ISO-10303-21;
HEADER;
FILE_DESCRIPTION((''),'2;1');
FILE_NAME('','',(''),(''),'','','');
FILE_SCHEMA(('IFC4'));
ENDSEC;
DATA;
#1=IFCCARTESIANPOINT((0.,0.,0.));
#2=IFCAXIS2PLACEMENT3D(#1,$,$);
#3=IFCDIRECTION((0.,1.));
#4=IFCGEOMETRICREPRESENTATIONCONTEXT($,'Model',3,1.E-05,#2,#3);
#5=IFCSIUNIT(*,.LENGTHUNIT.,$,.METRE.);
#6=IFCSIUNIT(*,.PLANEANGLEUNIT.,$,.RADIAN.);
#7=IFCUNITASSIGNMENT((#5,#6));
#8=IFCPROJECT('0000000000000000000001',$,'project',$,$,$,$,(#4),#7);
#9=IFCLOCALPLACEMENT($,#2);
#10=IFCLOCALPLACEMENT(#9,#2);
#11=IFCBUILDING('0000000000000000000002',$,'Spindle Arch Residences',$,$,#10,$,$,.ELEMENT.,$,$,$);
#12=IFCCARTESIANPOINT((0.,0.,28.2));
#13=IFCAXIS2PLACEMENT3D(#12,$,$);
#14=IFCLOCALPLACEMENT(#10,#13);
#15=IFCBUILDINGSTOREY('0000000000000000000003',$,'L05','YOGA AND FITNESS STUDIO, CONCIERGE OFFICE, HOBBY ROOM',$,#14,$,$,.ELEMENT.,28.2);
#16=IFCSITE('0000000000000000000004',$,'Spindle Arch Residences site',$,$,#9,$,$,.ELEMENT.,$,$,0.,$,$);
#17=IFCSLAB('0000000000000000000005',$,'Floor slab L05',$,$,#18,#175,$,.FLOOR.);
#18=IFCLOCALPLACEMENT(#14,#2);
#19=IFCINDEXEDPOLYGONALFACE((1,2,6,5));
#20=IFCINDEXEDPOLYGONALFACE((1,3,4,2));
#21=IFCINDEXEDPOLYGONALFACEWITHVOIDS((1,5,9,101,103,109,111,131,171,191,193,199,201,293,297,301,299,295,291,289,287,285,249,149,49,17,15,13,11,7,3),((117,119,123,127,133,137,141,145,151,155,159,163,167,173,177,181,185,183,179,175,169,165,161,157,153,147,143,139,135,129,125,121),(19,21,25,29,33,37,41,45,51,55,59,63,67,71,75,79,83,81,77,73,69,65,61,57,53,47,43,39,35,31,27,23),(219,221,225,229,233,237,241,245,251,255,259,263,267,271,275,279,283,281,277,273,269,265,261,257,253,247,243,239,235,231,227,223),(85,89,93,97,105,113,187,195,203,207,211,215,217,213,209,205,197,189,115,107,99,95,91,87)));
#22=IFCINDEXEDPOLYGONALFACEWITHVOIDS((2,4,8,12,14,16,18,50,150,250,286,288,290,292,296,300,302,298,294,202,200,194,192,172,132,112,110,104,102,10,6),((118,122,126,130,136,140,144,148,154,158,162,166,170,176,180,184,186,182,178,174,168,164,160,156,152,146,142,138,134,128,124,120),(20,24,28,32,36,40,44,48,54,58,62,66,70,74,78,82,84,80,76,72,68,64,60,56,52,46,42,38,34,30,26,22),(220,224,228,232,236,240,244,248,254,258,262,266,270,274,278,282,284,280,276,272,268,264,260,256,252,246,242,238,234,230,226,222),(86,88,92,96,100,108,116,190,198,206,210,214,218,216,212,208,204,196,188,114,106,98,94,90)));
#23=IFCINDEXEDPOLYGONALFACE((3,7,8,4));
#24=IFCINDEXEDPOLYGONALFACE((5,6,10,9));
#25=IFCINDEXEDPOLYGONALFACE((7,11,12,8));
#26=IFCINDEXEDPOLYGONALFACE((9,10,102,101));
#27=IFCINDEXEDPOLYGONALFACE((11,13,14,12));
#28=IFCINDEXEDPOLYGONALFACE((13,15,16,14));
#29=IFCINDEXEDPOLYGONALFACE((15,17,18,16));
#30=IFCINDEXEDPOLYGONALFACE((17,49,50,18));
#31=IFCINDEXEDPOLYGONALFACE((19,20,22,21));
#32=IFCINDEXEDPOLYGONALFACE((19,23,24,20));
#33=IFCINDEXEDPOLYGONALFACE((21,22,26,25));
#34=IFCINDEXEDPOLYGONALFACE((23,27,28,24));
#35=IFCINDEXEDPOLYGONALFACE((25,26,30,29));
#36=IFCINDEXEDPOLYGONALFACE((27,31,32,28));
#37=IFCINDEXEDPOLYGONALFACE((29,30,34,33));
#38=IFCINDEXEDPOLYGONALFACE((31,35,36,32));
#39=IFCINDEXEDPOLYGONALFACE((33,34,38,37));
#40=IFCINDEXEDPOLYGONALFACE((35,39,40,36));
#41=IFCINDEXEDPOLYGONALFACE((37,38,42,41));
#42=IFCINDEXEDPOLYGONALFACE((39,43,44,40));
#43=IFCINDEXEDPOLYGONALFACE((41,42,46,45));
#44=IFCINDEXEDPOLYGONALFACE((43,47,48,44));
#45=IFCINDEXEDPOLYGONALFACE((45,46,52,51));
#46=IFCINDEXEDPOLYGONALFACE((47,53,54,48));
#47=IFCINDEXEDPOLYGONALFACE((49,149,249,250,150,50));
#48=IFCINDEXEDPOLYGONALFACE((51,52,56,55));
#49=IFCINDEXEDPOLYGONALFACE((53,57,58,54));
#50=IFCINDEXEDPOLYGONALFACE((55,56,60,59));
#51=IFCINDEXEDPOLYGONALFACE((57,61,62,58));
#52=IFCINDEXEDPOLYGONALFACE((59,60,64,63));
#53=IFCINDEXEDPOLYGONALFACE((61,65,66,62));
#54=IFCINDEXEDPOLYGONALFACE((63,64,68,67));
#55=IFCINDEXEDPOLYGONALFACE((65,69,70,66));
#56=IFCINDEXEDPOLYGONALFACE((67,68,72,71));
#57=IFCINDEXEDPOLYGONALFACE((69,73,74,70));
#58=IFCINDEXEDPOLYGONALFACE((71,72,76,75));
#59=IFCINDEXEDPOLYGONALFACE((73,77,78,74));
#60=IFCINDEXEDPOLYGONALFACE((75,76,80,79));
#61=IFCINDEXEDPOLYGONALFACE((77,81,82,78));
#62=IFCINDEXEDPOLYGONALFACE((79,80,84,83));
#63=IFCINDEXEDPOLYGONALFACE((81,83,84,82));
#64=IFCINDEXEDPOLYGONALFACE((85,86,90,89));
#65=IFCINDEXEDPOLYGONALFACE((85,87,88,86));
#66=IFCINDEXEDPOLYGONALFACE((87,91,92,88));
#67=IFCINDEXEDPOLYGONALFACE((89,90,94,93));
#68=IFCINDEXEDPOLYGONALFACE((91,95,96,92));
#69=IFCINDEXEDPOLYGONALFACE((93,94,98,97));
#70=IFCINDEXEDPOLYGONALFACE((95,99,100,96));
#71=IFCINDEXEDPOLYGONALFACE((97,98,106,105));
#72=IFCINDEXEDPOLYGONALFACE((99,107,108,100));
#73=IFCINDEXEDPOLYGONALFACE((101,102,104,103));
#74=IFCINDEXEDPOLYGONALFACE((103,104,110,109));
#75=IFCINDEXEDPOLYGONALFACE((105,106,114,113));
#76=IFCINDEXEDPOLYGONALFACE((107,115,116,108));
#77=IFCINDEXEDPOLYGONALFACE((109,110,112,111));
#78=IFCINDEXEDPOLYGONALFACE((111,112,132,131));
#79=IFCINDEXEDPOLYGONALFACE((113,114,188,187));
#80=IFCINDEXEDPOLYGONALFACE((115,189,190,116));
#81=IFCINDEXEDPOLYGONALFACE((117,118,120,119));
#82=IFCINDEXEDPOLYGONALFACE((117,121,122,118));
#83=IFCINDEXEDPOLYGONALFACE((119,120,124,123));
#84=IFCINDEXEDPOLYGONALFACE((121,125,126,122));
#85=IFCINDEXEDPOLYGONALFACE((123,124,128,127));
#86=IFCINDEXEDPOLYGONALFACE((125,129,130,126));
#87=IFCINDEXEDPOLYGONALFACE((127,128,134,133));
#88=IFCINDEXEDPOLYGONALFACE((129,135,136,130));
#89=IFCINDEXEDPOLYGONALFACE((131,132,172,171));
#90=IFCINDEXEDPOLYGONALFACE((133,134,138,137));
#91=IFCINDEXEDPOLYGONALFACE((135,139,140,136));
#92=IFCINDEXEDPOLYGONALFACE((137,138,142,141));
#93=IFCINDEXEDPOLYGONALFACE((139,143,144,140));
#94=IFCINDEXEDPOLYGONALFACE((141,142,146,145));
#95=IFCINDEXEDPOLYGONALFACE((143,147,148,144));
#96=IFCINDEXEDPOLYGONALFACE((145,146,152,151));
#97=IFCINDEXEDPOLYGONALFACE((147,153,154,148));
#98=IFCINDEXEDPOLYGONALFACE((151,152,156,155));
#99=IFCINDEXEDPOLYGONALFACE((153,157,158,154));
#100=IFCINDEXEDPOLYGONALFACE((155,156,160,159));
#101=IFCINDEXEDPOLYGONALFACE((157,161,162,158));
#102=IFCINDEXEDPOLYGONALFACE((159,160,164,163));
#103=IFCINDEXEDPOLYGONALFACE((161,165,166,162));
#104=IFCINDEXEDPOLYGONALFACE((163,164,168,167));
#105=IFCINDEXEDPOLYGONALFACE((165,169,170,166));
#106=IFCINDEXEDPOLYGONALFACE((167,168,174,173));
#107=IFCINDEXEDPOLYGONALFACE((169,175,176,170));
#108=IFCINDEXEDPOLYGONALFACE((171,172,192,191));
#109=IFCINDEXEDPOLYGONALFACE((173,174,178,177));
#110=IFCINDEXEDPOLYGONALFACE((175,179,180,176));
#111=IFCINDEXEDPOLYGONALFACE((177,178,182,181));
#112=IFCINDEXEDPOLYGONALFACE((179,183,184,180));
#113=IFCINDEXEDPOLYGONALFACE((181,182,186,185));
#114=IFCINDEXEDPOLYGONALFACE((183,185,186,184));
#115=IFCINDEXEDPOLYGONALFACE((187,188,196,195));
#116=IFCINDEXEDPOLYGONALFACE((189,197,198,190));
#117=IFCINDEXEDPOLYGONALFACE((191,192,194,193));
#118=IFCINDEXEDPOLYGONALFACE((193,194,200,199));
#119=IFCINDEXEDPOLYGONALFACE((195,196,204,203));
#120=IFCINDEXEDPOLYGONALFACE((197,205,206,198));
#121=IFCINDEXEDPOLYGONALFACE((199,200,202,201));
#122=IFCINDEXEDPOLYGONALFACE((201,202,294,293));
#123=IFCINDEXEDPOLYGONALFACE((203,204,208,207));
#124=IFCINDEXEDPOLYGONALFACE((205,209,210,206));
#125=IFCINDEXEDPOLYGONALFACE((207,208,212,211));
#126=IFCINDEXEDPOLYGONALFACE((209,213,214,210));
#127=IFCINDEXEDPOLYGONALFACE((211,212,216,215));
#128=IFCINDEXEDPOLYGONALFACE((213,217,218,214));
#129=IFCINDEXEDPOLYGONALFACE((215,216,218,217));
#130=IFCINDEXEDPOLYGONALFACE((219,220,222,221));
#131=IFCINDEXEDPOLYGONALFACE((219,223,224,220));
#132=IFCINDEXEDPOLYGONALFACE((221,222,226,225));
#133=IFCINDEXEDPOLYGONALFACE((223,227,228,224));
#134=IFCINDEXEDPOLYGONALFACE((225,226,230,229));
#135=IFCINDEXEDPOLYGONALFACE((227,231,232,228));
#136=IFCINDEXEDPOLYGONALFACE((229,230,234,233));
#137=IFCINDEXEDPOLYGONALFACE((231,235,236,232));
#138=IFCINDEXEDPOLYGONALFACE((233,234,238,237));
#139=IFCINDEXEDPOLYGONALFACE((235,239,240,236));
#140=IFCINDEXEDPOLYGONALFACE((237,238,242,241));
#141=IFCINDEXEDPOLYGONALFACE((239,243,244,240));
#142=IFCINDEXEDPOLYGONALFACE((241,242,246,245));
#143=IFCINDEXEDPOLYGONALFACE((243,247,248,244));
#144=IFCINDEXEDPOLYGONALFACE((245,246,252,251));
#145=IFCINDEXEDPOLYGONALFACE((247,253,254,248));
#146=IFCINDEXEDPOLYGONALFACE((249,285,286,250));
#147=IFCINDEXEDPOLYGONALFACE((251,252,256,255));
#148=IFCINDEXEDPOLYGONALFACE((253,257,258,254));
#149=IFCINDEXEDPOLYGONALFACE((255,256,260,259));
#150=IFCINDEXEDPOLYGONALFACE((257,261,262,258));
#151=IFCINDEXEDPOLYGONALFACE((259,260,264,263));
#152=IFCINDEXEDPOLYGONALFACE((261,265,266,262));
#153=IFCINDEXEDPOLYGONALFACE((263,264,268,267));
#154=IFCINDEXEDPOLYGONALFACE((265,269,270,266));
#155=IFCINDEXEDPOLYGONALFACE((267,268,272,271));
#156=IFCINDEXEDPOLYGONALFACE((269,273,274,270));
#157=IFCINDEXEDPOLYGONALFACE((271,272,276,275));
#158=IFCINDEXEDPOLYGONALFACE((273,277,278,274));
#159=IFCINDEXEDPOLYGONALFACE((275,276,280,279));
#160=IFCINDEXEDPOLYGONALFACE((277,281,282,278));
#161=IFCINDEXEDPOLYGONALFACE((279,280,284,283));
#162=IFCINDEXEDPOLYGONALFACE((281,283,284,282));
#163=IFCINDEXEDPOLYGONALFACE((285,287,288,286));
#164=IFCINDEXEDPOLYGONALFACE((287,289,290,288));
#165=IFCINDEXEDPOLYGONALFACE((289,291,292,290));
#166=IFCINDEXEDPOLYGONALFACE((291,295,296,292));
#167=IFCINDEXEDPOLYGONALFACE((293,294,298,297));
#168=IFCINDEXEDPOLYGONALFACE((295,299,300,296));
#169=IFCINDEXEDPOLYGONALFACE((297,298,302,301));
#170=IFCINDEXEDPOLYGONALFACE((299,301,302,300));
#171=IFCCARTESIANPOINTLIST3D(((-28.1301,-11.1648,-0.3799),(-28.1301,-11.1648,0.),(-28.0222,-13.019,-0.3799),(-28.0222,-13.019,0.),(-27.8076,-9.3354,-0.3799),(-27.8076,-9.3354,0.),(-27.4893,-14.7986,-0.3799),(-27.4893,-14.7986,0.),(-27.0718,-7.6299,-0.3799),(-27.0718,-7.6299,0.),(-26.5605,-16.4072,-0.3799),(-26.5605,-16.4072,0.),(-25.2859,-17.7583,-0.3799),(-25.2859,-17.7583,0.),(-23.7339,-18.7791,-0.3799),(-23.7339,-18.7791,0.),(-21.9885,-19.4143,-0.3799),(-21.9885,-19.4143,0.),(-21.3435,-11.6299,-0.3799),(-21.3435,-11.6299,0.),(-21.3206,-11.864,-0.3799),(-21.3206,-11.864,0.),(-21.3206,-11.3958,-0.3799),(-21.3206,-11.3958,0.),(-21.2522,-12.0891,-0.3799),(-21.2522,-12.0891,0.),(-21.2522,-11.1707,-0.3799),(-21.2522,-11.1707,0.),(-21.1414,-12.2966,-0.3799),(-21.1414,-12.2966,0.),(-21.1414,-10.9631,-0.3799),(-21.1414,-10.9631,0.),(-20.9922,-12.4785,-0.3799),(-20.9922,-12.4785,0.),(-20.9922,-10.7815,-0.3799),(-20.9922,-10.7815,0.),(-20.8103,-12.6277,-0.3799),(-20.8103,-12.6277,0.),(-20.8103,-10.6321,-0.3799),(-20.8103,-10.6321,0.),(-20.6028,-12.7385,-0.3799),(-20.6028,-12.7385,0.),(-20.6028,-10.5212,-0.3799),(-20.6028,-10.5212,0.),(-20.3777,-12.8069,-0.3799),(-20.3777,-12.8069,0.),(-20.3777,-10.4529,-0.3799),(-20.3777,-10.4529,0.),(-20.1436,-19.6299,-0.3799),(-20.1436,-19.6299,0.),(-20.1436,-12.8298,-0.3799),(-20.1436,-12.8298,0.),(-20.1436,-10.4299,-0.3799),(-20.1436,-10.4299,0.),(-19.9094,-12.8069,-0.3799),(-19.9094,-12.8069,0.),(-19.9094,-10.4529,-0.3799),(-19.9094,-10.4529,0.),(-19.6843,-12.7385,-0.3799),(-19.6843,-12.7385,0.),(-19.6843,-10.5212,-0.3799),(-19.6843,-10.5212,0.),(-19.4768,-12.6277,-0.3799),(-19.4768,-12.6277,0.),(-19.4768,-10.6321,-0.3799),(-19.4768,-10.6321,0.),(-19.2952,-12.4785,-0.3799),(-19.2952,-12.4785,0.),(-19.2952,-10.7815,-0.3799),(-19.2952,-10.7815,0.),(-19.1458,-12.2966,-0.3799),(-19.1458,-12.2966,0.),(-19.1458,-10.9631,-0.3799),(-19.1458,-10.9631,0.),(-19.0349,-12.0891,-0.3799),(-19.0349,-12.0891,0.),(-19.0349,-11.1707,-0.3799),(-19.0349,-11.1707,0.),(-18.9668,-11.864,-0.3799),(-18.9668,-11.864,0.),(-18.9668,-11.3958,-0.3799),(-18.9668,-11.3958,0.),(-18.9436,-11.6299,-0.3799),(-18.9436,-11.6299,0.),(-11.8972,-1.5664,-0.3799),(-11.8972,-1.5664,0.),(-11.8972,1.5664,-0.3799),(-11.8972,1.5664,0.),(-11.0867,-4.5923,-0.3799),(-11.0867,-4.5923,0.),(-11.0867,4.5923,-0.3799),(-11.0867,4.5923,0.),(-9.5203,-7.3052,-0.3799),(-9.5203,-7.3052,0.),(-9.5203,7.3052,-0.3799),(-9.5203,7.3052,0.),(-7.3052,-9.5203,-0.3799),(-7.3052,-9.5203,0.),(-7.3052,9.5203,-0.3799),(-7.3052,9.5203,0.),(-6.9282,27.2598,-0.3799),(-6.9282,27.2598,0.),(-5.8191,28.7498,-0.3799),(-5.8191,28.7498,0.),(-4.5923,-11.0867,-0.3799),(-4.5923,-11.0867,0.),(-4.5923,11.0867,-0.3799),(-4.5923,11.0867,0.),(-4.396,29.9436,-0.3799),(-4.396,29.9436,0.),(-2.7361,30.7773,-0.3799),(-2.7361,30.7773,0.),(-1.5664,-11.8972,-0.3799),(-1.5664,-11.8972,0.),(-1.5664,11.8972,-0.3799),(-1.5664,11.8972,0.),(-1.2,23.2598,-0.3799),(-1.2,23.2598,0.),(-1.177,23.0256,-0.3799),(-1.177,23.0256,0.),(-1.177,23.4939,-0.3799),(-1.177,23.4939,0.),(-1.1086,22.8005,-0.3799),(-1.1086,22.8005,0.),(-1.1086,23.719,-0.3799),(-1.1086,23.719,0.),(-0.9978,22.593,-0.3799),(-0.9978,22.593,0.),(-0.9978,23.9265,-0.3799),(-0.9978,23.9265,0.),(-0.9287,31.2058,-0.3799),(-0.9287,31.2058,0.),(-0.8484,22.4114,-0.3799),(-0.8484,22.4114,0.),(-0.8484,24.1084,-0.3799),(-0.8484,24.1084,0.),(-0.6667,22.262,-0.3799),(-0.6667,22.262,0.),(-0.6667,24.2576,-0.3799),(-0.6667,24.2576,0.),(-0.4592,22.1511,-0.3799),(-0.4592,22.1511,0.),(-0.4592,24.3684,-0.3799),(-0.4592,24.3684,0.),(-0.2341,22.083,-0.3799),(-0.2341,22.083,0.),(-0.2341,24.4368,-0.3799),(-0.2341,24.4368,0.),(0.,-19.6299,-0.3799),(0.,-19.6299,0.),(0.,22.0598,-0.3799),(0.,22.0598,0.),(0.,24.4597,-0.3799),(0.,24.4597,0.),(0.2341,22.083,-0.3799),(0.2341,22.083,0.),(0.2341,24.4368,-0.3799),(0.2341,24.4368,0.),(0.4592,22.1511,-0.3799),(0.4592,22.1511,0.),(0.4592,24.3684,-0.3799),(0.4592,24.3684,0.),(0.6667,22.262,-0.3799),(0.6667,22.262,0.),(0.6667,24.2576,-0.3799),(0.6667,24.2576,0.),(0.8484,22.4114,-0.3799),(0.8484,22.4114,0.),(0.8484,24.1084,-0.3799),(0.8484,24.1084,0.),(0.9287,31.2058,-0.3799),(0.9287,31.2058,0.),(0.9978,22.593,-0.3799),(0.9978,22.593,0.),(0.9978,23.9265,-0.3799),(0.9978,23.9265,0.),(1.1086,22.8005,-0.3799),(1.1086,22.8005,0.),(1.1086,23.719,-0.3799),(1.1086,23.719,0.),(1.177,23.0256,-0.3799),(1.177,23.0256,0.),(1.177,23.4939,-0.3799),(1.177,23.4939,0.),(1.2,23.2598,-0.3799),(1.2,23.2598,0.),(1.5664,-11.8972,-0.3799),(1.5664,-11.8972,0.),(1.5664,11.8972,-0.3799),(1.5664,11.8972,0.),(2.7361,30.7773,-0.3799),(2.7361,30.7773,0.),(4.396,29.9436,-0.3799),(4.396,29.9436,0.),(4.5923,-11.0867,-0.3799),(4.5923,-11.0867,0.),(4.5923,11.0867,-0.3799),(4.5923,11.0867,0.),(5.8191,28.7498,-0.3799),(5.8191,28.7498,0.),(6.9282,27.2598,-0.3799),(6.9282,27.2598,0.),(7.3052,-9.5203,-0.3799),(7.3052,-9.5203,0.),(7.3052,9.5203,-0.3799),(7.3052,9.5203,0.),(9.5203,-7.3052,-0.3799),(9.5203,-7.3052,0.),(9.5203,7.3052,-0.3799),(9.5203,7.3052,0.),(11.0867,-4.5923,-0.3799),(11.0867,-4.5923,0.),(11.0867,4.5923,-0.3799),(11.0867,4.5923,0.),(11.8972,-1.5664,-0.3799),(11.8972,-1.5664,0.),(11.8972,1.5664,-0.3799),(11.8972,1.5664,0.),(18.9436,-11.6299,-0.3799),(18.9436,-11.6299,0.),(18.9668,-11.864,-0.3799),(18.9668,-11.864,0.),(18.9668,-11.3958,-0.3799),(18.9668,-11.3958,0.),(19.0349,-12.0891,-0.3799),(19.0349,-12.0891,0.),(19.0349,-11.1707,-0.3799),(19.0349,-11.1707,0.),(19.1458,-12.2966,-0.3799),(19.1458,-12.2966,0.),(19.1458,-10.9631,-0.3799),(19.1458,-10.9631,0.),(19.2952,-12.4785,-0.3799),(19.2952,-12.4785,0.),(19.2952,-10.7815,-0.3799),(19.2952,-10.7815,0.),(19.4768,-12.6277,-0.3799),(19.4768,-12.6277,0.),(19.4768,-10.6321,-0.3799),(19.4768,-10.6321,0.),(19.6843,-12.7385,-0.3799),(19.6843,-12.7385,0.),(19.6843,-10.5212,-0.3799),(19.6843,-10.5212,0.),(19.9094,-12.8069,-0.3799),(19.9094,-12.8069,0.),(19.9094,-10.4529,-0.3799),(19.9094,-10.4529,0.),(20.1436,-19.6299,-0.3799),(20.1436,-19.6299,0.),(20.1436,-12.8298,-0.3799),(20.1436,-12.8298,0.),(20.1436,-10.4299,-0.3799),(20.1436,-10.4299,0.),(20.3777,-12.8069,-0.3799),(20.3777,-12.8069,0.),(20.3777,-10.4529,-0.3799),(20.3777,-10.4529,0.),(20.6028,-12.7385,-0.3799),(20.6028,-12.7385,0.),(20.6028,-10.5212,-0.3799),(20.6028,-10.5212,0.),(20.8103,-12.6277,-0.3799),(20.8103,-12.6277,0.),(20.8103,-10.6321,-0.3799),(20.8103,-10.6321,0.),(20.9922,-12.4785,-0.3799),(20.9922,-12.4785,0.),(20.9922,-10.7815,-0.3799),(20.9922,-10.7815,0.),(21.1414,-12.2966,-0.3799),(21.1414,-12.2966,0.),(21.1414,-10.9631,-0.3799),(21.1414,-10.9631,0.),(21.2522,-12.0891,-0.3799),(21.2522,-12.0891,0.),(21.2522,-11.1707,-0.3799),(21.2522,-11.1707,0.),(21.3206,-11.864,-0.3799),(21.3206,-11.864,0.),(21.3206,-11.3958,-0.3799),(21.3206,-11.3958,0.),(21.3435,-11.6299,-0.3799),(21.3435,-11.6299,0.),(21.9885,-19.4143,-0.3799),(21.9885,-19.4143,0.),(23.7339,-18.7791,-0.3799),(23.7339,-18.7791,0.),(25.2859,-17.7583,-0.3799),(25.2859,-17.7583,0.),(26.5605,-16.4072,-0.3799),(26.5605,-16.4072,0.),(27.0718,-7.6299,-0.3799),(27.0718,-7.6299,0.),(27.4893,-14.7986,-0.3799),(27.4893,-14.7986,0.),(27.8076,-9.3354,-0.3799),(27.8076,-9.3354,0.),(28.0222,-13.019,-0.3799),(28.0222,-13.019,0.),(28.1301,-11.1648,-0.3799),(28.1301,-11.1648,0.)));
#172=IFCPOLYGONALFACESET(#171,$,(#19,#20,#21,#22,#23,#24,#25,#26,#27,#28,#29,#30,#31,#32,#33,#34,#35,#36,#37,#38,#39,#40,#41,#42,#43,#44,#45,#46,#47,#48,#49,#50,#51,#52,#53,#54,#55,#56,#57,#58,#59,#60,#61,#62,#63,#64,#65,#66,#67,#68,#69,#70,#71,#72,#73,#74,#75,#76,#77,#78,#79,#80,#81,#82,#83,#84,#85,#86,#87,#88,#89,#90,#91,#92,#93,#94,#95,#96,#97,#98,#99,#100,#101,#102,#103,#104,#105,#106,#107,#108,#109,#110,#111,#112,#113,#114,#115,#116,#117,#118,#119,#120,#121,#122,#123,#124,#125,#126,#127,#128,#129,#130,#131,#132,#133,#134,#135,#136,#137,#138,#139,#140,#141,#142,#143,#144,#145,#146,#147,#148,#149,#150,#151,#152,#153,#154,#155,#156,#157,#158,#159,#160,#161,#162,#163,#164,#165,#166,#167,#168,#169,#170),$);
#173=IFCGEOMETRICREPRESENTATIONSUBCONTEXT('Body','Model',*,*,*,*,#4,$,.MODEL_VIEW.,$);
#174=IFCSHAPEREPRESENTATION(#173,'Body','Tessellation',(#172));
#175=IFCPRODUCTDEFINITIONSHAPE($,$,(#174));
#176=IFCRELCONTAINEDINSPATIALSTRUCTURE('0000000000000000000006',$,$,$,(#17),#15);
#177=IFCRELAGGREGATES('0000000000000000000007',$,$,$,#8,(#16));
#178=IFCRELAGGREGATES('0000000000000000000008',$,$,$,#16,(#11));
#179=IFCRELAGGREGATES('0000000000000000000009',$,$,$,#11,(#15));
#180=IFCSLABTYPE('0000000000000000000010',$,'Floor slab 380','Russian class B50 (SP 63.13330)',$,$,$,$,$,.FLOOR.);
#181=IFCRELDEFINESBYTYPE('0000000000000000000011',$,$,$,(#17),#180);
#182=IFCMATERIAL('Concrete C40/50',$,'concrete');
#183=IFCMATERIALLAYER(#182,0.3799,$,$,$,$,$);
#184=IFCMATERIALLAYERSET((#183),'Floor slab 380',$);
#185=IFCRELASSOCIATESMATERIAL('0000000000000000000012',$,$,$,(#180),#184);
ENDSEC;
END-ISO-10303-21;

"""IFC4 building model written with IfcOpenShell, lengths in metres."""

from ifc_helpers import new_model, si_unit, direction, frame, origin, place, context, subcontext, project, spatial, polyline, outline, extrude, material, layer, layer_set, type_object, element, save


model = new_model("IFC4")

# Units and contexts
model_context = context("Model", 3, precision=1e-05, world=origin(), true_north=direction((0.0, 1.0)))
body_context = subcontext(model_context, "Body", "Model", "MODEL_VIEW")
ifc_project = project(units=[si_unit("LENGTHUNIT", "METRE"), si_unit("PLANEANGLEUNIT", "RADIAN")], contexts=[model_context])

# Site, building, storey
site_placement = place(None, origin())
site = spatial("IfcSite", under=ifc_project, at=site_placement, Name="Spindle Arch Residences site", CompositionType="ELEMENT", RefElevation=0.0)
building_placement = place(site_placement, origin())
building = spatial("IfcBuilding", under=site, at=building_placement, Name="Spindle Arch Residences", CompositionType="ELEMENT")
storey_placement = place(building_placement, frame((0.0, 0.0, 28.2)))
storey = spatial("IfcBuildingStorey", under=building, at=storey_placement, Name="L05", Description="YOGA AND FITNESS STUDIO, CONCIERGE OFFICE, HOBBY ROOM", CompositionType="ELEMENT", Elevation=28.2)

# Slab
ifc_material_1 = material(Name="Concrete C40/50", Category="concrete")
ifc_layer_1 = layer(ifc_material_1, 0.3799)
ifc_layer_set_1 = layer_set([ifc_layer_1], Name="Floor slab 380")
slab_type = type_object("IfcSlabType", Name="Floor slab 380", Description="Russian class B50 (SP 63.13330)", PredefinedType="FLOOR", material=ifc_layer_set_1)
slab_placement = place(storey_placement, frame((0.0, 0.0, -0.3799)))
element("IfcSlab", 1, at=slab_placement, inside=storey, type_object=slab_type, Name="Floor slab L05", PredefinedType="FLOOR", context=body_context, shape_type="SweptSolid", body=[
    extrude(outline(polyline([(-21.9885, -19.4143), (-23.7339, -18.7791), (-25.2859, -17.7583), (-26.5605, -16.4072), (-27.4893, -14.7986), (-28.0222, -13.019), (-28.1301, -11.1648), (-27.8076, -9.3354), (-27.0718, -7.6299), (-6.9282, 27.2598), (-5.8191, 28.7498), (-4.396, 29.9436), (-2.7361, 30.7773), (-0.9287, 31.2058), (0.9287, 31.2058), (2.7361, 30.7773), (4.396, 29.9436), (5.8191, 28.7498), (6.9282, 27.2598), (27.0718, -7.6299), (27.8076, -9.3354), (28.1301, -11.1648), (28.0222, -13.019), (27.4893, -14.7986), (26.5605, -16.4072), (25.2859, -17.7583), (23.7339, -18.7791), (21.9885, -19.4143), (20.1436, -19.6299), (0.0, -19.6299), (-20.1436, -19.6299), (-21.9885, -19.4143)]), holes=[polyline([(7.3052, -9.5203), (9.5203, -7.3052), (11.0867, -4.5923), (11.8972, -1.5664), (11.8972, 1.5664), (11.0867, 4.5923), (9.5203, 7.3052), (7.3052, 9.5203), (4.5923, 11.0867), (1.5664, 11.8972), (-1.5664, 11.8972), (-4.5923, 11.0867), (-7.3052, 9.5203), (-9.5203, 7.3052), (-11.0867, 4.5923), (-11.8972, 1.5664), (-11.8972, -1.5664), (-11.0867, -4.5923), (-9.5203, -7.3052), (-7.3052, -9.5203), (-4.5923, -11.0867), (-1.5664, -11.8972), (1.5664, -11.8972), (4.5923, -11.0867), (7.3052, -9.5203)]), polyline([(-19.2952, -12.4785), (-19.1458, -12.2966), (-19.0349, -12.0891), (-18.9668, -11.864), (-18.9436, -11.6299), (-18.9668, -11.3958), (-19.0349, -11.1707), (-19.1458, -10.9631), (-19.2952, -10.7815), (-19.4768, -10.6321), (-19.6843, -10.5212), (-19.9094, -10.4529), (-20.1436, -10.4299), (-20.3777, -10.4529), (-20.6028, -10.5212), (-20.8103, -10.6321), (-20.9922, -10.7815), (-21.1414, -10.9631), (-21.2522, -11.1707), (-21.3206, -11.3958), (-21.3435, -11.6299), (-21.3206, -11.864), (-21.2522, -12.0891), (-21.1414, -12.2966), (-20.9922, -12.4785), (-20.8103, -12.6277), (-20.6028, -12.7385), (-20.3777, -12.8069), (-20.1436, -12.8298), (-19.9094, -12.8069), (-19.6843, -12.7385), (-19.4768, -12.6277), (-19.2952, -12.4785)]), polyline([(0.8484, 22.4114), (0.9978, 22.593), (1.1086, 22.8005), (1.177, 23.0256), (1.2, 23.2598), (1.177, 23.4939), (1.1086, 23.719), (0.9978, 23.9265), (0.8484, 24.1084), (0.6667, 24.2576), (0.4592, 24.3684), (0.2341, 24.4368), (0.0, 24.4597), (-0.2341, 24.4368), (-0.4592, 24.3684), (-0.6667, 24.2576), (-0.8484, 24.1084), (-0.9978, 23.9265), (-1.1086, 23.719), (-1.177, 23.4939), (-1.2, 23.2598), (-1.177, 23.0256), (-1.1086, 22.8005), (-0.9978, 22.593), (-0.8484, 22.4114), (-0.6667, 22.262), (-0.4592, 22.1511), (-0.2341, 22.083), (0.0, 22.0598), (0.2341, 22.083), (0.4592, 22.1511), (0.6667, 22.262), (0.8484, 22.4114)]), polyline([(20.9922, -12.4785), (21.1414, -12.2966), (21.2522, -12.0891), (21.3206, -11.864), (21.3435, -11.6299), (21.3206, -11.3958), (21.2522, -11.1707), (21.1414, -10.9631), (20.9922, -10.7815), (20.8103, -10.6321), (20.6028, -10.5212), (20.3777, -10.4529), (20.1436, -10.4299), (19.9094, -10.4529), (19.6843, -10.5212), (19.4768, -10.6321), (19.2952, -10.7815), (19.1458, -10.9631), (19.0349, -11.1707), (18.9668, -11.3958), (18.9436, -11.6299), (18.9668, -11.864), (19.0349, -12.0891), (19.1458, -12.2966), (19.2952, -12.4785), (19.4768, -12.6277), (19.6843, -12.7385), (19.9094, -12.8069), (20.1436, -12.8298), (20.3777, -12.8069), (20.6028, -12.7385), (20.8103, -12.6277), (20.9922, -12.4785)])]), origin(), (0.0, 0.0, 1.0), 0.3799),
])

save(model, "model.ifc")
